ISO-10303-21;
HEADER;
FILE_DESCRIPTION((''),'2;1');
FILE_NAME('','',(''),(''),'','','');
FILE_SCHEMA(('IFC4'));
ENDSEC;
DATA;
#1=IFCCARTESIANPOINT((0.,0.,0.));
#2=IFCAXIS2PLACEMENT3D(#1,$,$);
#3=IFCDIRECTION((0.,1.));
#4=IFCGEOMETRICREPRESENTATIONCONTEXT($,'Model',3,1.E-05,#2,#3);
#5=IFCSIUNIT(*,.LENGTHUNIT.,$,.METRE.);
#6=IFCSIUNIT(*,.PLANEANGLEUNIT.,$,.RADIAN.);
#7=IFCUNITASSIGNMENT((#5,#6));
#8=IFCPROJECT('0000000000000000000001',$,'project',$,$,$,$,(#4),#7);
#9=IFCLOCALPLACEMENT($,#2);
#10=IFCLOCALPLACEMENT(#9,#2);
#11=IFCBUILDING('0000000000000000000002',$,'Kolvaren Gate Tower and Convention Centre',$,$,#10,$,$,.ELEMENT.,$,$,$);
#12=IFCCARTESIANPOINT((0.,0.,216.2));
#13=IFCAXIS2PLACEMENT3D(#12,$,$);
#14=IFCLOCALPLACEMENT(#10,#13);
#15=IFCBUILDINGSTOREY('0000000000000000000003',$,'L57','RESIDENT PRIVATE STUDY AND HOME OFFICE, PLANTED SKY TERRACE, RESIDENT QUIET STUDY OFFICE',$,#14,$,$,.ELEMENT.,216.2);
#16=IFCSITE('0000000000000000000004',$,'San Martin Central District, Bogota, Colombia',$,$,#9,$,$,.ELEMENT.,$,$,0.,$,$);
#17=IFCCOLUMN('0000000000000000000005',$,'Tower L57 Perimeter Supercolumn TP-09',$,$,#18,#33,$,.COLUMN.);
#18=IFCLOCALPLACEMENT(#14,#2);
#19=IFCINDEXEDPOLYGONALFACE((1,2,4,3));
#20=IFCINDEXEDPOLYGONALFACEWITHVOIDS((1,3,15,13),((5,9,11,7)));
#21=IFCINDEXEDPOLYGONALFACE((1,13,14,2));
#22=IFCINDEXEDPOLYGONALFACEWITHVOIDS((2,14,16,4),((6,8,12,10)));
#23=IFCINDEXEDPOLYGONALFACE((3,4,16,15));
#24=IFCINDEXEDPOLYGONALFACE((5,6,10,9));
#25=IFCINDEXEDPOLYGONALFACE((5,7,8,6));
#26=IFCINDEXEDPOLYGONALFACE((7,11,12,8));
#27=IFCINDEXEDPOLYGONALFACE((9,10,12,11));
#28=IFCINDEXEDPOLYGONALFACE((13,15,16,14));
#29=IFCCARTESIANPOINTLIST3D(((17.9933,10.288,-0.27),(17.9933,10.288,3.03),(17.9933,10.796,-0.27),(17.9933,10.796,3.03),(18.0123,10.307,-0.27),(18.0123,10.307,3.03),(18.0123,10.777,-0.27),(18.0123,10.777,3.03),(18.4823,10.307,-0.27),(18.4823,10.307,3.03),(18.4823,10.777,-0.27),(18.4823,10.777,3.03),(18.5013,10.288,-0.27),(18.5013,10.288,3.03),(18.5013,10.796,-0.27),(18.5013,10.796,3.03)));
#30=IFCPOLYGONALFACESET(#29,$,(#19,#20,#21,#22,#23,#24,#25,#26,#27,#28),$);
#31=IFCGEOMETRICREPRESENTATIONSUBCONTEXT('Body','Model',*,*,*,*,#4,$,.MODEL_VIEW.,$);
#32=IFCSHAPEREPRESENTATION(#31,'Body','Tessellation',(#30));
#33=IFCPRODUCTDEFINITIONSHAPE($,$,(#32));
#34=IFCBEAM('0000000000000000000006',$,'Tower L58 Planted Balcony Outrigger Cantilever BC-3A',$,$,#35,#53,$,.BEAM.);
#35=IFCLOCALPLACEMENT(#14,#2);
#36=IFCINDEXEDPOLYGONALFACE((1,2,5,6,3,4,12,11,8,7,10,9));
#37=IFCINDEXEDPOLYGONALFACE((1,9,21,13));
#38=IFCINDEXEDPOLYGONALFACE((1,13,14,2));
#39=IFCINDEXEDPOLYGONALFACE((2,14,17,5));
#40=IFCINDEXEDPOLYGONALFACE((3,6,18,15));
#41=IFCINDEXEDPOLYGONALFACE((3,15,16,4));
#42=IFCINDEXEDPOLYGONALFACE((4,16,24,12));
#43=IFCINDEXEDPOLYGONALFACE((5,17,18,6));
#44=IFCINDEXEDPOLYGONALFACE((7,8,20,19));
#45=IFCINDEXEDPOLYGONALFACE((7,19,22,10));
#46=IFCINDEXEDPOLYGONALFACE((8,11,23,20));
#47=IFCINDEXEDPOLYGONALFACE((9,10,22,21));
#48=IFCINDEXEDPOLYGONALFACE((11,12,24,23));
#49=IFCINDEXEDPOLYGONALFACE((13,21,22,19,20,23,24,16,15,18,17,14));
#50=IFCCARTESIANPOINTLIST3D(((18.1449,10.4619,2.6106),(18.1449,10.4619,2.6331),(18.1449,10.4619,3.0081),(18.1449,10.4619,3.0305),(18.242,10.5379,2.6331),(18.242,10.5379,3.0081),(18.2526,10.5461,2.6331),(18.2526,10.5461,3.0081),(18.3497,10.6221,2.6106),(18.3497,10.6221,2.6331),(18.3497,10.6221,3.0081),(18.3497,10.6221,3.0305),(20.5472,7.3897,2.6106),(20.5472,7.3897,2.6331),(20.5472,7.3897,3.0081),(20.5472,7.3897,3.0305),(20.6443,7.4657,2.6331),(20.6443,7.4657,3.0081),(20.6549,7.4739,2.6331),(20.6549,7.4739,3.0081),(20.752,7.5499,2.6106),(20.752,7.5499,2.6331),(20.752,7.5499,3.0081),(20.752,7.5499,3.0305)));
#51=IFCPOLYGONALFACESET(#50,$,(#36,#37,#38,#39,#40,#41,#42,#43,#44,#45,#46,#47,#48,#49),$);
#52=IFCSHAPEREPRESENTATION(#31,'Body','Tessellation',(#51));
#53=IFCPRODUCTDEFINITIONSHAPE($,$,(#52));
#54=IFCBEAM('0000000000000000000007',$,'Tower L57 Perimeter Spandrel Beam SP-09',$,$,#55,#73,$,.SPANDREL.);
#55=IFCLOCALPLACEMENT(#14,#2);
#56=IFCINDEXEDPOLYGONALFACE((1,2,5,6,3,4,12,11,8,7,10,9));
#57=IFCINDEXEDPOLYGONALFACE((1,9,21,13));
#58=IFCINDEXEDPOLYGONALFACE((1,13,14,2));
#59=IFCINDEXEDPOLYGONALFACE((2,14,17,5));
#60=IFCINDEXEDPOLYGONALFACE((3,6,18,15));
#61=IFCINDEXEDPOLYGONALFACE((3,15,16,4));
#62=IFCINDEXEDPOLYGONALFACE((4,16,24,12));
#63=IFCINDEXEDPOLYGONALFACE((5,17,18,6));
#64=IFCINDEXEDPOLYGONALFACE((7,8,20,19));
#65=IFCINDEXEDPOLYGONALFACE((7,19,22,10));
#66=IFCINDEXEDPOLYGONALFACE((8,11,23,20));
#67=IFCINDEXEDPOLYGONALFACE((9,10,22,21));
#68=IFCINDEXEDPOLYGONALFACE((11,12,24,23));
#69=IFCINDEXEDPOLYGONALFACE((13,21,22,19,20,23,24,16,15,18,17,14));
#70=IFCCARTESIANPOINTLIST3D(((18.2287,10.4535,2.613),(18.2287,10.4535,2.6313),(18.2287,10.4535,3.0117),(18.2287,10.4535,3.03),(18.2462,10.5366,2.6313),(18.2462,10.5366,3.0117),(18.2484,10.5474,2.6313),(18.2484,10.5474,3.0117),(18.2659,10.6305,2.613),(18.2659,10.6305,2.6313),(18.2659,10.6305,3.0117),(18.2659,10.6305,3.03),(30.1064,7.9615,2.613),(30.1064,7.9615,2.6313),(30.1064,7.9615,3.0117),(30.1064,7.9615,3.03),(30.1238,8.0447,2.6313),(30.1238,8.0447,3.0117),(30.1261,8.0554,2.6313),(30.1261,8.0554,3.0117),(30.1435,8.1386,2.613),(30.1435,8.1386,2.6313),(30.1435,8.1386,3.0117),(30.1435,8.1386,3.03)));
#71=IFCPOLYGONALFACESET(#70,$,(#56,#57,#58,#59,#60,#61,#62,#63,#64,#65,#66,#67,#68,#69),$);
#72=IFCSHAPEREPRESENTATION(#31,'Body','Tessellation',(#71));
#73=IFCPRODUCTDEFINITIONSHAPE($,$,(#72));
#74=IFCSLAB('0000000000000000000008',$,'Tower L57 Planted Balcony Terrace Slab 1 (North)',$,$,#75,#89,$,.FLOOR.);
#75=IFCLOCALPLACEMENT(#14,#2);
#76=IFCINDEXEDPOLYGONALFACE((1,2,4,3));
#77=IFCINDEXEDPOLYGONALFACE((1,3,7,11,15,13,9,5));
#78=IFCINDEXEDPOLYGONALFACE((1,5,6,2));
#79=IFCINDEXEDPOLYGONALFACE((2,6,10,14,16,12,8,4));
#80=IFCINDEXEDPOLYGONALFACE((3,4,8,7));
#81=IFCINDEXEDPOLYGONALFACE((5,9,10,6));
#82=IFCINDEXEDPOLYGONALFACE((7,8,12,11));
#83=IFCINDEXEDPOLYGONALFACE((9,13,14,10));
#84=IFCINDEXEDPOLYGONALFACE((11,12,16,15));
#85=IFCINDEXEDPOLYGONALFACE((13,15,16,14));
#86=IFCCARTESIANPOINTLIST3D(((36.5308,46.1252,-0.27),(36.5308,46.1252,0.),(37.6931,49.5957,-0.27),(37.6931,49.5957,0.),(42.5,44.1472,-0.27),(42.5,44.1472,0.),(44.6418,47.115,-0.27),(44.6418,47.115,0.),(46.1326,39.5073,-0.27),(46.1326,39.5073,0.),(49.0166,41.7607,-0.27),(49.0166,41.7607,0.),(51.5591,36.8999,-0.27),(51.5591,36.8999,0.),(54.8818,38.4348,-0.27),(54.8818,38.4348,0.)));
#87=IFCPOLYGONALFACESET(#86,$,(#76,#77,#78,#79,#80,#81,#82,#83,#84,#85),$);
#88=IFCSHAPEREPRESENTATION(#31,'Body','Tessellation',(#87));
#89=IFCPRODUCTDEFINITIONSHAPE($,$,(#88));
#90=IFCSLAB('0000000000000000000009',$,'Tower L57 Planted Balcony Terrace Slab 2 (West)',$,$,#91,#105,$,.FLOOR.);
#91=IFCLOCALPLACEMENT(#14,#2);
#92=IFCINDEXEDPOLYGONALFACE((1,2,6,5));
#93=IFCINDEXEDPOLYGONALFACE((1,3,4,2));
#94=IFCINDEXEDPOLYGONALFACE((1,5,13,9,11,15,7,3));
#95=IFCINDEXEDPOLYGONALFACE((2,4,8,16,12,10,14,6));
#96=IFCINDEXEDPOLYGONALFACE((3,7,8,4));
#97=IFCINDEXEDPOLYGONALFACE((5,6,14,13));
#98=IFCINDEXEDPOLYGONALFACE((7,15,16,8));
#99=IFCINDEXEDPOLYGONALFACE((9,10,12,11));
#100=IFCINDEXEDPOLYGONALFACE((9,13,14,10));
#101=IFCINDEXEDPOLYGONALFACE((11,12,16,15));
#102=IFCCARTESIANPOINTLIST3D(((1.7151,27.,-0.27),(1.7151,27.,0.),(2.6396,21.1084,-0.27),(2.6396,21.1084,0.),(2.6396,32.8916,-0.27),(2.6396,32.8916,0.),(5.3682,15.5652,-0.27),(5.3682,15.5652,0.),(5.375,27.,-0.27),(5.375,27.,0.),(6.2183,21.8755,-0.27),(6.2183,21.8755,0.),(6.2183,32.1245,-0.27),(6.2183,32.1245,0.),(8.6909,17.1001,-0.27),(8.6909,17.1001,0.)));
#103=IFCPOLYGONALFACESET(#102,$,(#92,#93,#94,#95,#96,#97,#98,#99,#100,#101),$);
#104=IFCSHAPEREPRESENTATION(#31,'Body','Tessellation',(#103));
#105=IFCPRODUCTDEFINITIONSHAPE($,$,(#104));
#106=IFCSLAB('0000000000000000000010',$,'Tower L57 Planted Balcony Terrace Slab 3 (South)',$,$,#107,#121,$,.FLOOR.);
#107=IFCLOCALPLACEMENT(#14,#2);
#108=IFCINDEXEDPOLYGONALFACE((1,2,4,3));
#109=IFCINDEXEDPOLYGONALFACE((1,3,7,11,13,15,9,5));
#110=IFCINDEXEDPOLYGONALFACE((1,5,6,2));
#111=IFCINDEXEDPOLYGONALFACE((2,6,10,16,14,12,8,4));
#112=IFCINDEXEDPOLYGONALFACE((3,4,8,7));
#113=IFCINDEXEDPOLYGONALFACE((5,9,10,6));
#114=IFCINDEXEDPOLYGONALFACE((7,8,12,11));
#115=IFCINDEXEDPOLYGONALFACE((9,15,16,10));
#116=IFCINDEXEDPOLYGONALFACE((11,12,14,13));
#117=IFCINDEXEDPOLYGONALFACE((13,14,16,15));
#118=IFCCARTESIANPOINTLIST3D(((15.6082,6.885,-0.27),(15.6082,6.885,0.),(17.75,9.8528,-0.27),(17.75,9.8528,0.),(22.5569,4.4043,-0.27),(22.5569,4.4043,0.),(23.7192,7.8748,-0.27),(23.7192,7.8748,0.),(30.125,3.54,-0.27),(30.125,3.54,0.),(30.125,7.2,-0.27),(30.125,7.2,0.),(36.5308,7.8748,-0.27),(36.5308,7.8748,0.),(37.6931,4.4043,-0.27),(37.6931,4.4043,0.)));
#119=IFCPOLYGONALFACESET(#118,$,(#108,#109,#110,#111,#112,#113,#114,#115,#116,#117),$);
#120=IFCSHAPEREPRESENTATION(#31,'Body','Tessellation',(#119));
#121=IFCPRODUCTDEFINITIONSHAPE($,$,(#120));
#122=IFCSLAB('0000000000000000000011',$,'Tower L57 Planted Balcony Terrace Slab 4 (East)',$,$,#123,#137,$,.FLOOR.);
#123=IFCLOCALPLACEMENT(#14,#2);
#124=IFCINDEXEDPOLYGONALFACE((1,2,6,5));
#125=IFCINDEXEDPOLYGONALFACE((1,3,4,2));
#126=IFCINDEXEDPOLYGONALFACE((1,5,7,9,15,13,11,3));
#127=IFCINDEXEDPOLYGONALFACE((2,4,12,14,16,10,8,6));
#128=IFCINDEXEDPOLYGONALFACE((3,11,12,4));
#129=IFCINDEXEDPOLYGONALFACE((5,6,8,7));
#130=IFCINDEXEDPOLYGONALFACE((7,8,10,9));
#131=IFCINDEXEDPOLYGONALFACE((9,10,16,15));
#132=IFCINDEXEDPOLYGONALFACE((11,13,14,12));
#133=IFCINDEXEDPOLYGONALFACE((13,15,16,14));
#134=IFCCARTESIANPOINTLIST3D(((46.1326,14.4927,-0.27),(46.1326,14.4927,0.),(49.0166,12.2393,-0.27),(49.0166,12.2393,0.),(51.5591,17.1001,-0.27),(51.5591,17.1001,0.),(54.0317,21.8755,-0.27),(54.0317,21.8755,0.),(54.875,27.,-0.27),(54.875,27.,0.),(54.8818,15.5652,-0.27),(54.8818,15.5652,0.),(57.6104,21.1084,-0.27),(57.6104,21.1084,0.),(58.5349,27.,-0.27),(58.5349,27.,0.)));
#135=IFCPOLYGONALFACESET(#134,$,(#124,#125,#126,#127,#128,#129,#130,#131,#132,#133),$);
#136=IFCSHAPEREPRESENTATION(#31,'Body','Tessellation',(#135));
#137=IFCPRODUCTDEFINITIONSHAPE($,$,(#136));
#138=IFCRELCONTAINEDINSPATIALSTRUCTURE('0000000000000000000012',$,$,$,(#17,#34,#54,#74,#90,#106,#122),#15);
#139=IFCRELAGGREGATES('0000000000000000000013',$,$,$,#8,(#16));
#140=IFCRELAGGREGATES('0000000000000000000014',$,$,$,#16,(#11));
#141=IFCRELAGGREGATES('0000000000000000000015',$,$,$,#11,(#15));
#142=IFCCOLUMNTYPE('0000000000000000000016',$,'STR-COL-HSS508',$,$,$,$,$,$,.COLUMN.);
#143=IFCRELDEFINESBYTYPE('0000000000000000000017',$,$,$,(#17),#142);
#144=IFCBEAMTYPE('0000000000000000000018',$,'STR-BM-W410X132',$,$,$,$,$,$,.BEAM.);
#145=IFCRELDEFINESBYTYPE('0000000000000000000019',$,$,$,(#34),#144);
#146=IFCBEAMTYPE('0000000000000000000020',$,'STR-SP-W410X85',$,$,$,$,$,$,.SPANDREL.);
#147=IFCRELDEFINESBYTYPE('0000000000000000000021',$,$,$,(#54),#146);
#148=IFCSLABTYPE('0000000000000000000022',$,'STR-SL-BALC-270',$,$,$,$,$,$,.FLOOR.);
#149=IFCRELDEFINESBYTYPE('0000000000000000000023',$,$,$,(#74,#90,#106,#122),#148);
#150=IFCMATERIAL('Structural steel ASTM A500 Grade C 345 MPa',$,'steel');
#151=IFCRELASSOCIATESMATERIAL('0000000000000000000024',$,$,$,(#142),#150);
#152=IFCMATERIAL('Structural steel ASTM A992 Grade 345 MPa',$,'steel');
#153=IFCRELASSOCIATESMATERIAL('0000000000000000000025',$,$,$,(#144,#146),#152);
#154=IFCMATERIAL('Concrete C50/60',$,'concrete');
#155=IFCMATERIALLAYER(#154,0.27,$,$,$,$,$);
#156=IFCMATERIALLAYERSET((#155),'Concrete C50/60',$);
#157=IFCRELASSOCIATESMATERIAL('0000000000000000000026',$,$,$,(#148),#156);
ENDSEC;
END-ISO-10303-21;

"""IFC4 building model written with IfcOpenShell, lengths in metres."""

from ifc_helpers import new_model, si_unit, direction, frame, origin, origin_2d, place, context, subcontext, project, spatial, polyline, hollow_rectangle, i_section, outline, extrude, material, layer, layer_set, material_profile, profile_set, type_object, element, save


model = new_model("IFC4")

# Units and contexts
model_context = context("Model", 3, precision=1e-05, world=origin(), true_north=direction((0.0, 1.0)))
body_context = subcontext(model_context, "Body", "Model", "MODEL_VIEW")
ifc_project = project(units=[si_unit("LENGTHUNIT", "METRE"), si_unit("PLANEANGLEUNIT", "RADIAN")], contexts=[model_context])

# Site, building, storey
site_placement = place(None, origin())
site = spatial("IfcSite", under=ifc_project, at=site_placement, Name="San Martin Central District, Bogota, Colombia", CompositionType="ELEMENT", RefElevation=0.0)
building_placement = place(site_placement, origin())
building = spatial("IfcBuilding", under=site, at=building_placement, Name="Kolvaren Gate Tower and Convention Centre", CompositionType="ELEMENT")
storey_placement = place(building_placement, frame((0.0, 0.0, 216.2)))
storey = spatial("IfcBuildingStorey", under=building, at=storey_placement, Name="L57", Description="RESIDENT PRIVATE STUDY AND HOME OFFICE, PLANTED SKY TERRACE, RESIDENT QUIET STUDY OFFICE", CompositionType="ELEMENT", Elevation=216.2)

# Column
ifc_material_1 = material(Name="Structural steel ASTM A500 Grade C 345 MPa", Category="steel")
ifc_material_profile_1 = material_profile(ifc_material_1, hollow_rectangle(XDim=0.5081, YDim=0.5081, WallThickness=0.019, at=origin_2d()), Name="HSS508X508X19.1")
ifc_profile_set_1 = profile_set([ifc_material_profile_1], Name="Structural steel ASTM A500 Grade C 345 MPa")
column_type = type_object("IfcColumnType", Name="STR-COL-HSS508", PredefinedType="COLUMN", material=ifc_profile_set_1)
column_placement = place(storey_placement, frame((18.2473, 10.542, -0.27), z_axis=(0.0, 0.0, 1.0), x_axis=(1.0, 0.0, 0.0)))
element("IfcColumn", 1, at=column_placement, inside=storey, type_object=column_type, Name="Tower L57 Perimeter Supercolumn TP-09", PredefinedType="COLUMN", context=body_context, shape_type="SweptSolid", body=[
    extrude(hollow_rectangle(XDim=0.5081, YDim=0.5081, WallThickness=0.019, at=origin_2d()), origin(), (0.0, 0.0, 1.0), 3.3),
])

# Beams
ifc_material_2 = material(Name="Structural steel ASTM A992 Grade 345 MPa", Category="steel")
ifc_material_profile_2 = material_profile(ifc_material_2, i_section(OverallWidth=0.26, OverallDepth=0.4199, WebThickness=0.0134, FlangeThickness=0.0225, at=origin_2d()), Name="W410X132")
ifc_profile_set_2 = profile_set([ifc_material_profile_2], Name="Structural steel ASTM A992 Grade 345 MPa")
beam_type_1 = type_object("IfcBeamType", Name="STR-BM-W410X132", PredefinedType="BEAM", material=ifc_profile_set_2)
beam_1_placement = place(storey_placement, frame((18.2473, 10.542, 2.8206), z_axis=(0.615984, -0.787759, 0.0), x_axis=(0.787759, 0.615984, 0.0)))
element("IfcBeam", 2, at=beam_1_placement, inside=storey, type_object=beam_type_1, Name="Tower L58 Planted Balcony Outrigger Cantilever BC-3A", PredefinedType="BEAM", context=body_context, shape_type="SweptSolid", body=[
    extrude(i_section(OverallWidth=0.26, OverallDepth=0.4199, WebThickness=0.0134, FlangeThickness=0.0225, at=origin_2d()), origin(), (0.0, 0.0, 1.0), 3.8999),
])
ifc_material_profile_3 = material_profile(ifc_material_2, i_section(OverallWidth=0.1809, OverallDepth=0.417, WebThickness=0.011, FlangeThickness=0.0183, at=origin_2d()), Name="W410X85")
ifc_profile_set_3 = profile_set([ifc_material_profile_3], Name="Structural steel ASTM A992 Grade 345 MPa")
beam_type_2 = type_object("IfcBeamType", Name="STR-SP-W410X85", PredefinedType="SPANDREL", material=ifc_profile_set_3)
beam_2_placement = place(storey_placement, frame((18.2473, 10.542, 2.8215), z_axis=(0.978693, -0.20533, 0.0), x_axis=(0.20533, 0.978693, 0.0)))
element("IfcBeam", 3, at=beam_2_placement, inside=storey, type_object=beam_type_2, Name="Tower L57 Perimeter Spandrel Beam SP-09", PredefinedType="SPANDREL", context=body_context, shape_type="SweptSolid", body=[
    extrude(i_section(OverallWidth=0.1809, OverallDepth=0.417, WebThickness=0.011, FlangeThickness=0.0183, at=origin_2d()), origin(), (0.0, 0.0, 1.0), 12.1362),
])

# Slabs
ifc_material_3 = material(Name="Concrete C50/60", Category="concrete")
ifc_layer_1 = layer(ifc_material_3, 0.27)
ifc_layer_set_1 = layer_set([ifc_layer_1], Name="Concrete C50/60")
slab_type_1 = type_object("IfcSlabType", Name="STR-SL-BALC-270", PredefinedType="FLOOR", material=ifc_layer_set_1)
slab_1_placement = place(storey_placement, frame((0.0, 0.0, -0.27)))
element("IfcSlab", 4, at=slab_1_placement, inside=storey, type_object=slab_type_1, Name="Tower L57 Planted Balcony Terrace Slab 1 (North)", PredefinedType="FLOOR", context=body_context, shape_type="SweptSolid", body=[
    extrude(outline(polyline([(51.5591, 36.8999), (46.1326, 39.5073), (42.5, 44.1472), (36.5308, 46.1252), (37.6931, 49.5957), (44.6418, 47.115), (49.0166, 41.7607), (54.8818, 38.4348), (51.5591, 36.8999)])), origin(), (0.0, 0.0, 1.0), 0.27),
])
slab_2_placement = place(storey_placement, frame((0.0, 0.0, -0.27)))
element("IfcSlab", 5, at=slab_2_placement, inside=storey, type_object=slab_type_1, Name="Tower L57 Planted Balcony Terrace Slab 2 (West)", PredefinedType="FLOOR", context=body_context, shape_type="SweptSolid", body=[
    extrude(outline(polyline([(6.2183, 32.1245), (5.375, 27.0), (6.2183, 21.8755), (8.6909, 17.1001), (5.3682, 15.5652), (2.6396, 21.1084), (1.7151, 27.0), (2.6396, 32.8916), (6.2183, 32.1245)])), origin(), (0.0, 0.0, 1.0), 0.27),
])
slab_3_placement = place(storey_placement, frame((0.0, 0.0, -0.27)))
element("IfcSlab", 6, at=slab_3_placement, inside=storey, type_object=slab_type_1, Name="Tower L57 Planted Balcony Terrace Slab 3 (South)", PredefinedType="FLOOR", context=body_context, shape_type="SweptSolid", body=[
    extrude(outline(polyline([(17.75, 9.8528), (23.7192, 7.8748), (30.125, 7.2), (36.5308, 7.8748), (37.6931, 4.4043), (30.125, 3.54), (22.5569, 4.4043), (15.6082, 6.885), (17.75, 9.8528)])), origin(), (0.0, 0.0, 1.0), 0.27),
])
slab_4_placement = place(storey_placement, frame((0.0, 0.0, -0.27)))
element("IfcSlab", 7, at=slab_4_placement, inside=storey, type_object=slab_type_1, Name="Tower L57 Planted Balcony Terrace Slab 4 (East)", PredefinedType="FLOOR", context=body_context, shape_type="SweptSolid", body=[
    extrude(outline(polyline([(46.1326, 14.4927), (51.5591, 17.1001), (54.0317, 21.8755), (54.875, 27.0), (58.5349, 27.0), (57.6104, 21.1084), (54.8818, 15.5652), (49.0166, 12.2393), (46.1326, 14.4927)])), origin(), (0.0, 0.0, 1.0), 0.27),
])

save(model, "model.ifc")
